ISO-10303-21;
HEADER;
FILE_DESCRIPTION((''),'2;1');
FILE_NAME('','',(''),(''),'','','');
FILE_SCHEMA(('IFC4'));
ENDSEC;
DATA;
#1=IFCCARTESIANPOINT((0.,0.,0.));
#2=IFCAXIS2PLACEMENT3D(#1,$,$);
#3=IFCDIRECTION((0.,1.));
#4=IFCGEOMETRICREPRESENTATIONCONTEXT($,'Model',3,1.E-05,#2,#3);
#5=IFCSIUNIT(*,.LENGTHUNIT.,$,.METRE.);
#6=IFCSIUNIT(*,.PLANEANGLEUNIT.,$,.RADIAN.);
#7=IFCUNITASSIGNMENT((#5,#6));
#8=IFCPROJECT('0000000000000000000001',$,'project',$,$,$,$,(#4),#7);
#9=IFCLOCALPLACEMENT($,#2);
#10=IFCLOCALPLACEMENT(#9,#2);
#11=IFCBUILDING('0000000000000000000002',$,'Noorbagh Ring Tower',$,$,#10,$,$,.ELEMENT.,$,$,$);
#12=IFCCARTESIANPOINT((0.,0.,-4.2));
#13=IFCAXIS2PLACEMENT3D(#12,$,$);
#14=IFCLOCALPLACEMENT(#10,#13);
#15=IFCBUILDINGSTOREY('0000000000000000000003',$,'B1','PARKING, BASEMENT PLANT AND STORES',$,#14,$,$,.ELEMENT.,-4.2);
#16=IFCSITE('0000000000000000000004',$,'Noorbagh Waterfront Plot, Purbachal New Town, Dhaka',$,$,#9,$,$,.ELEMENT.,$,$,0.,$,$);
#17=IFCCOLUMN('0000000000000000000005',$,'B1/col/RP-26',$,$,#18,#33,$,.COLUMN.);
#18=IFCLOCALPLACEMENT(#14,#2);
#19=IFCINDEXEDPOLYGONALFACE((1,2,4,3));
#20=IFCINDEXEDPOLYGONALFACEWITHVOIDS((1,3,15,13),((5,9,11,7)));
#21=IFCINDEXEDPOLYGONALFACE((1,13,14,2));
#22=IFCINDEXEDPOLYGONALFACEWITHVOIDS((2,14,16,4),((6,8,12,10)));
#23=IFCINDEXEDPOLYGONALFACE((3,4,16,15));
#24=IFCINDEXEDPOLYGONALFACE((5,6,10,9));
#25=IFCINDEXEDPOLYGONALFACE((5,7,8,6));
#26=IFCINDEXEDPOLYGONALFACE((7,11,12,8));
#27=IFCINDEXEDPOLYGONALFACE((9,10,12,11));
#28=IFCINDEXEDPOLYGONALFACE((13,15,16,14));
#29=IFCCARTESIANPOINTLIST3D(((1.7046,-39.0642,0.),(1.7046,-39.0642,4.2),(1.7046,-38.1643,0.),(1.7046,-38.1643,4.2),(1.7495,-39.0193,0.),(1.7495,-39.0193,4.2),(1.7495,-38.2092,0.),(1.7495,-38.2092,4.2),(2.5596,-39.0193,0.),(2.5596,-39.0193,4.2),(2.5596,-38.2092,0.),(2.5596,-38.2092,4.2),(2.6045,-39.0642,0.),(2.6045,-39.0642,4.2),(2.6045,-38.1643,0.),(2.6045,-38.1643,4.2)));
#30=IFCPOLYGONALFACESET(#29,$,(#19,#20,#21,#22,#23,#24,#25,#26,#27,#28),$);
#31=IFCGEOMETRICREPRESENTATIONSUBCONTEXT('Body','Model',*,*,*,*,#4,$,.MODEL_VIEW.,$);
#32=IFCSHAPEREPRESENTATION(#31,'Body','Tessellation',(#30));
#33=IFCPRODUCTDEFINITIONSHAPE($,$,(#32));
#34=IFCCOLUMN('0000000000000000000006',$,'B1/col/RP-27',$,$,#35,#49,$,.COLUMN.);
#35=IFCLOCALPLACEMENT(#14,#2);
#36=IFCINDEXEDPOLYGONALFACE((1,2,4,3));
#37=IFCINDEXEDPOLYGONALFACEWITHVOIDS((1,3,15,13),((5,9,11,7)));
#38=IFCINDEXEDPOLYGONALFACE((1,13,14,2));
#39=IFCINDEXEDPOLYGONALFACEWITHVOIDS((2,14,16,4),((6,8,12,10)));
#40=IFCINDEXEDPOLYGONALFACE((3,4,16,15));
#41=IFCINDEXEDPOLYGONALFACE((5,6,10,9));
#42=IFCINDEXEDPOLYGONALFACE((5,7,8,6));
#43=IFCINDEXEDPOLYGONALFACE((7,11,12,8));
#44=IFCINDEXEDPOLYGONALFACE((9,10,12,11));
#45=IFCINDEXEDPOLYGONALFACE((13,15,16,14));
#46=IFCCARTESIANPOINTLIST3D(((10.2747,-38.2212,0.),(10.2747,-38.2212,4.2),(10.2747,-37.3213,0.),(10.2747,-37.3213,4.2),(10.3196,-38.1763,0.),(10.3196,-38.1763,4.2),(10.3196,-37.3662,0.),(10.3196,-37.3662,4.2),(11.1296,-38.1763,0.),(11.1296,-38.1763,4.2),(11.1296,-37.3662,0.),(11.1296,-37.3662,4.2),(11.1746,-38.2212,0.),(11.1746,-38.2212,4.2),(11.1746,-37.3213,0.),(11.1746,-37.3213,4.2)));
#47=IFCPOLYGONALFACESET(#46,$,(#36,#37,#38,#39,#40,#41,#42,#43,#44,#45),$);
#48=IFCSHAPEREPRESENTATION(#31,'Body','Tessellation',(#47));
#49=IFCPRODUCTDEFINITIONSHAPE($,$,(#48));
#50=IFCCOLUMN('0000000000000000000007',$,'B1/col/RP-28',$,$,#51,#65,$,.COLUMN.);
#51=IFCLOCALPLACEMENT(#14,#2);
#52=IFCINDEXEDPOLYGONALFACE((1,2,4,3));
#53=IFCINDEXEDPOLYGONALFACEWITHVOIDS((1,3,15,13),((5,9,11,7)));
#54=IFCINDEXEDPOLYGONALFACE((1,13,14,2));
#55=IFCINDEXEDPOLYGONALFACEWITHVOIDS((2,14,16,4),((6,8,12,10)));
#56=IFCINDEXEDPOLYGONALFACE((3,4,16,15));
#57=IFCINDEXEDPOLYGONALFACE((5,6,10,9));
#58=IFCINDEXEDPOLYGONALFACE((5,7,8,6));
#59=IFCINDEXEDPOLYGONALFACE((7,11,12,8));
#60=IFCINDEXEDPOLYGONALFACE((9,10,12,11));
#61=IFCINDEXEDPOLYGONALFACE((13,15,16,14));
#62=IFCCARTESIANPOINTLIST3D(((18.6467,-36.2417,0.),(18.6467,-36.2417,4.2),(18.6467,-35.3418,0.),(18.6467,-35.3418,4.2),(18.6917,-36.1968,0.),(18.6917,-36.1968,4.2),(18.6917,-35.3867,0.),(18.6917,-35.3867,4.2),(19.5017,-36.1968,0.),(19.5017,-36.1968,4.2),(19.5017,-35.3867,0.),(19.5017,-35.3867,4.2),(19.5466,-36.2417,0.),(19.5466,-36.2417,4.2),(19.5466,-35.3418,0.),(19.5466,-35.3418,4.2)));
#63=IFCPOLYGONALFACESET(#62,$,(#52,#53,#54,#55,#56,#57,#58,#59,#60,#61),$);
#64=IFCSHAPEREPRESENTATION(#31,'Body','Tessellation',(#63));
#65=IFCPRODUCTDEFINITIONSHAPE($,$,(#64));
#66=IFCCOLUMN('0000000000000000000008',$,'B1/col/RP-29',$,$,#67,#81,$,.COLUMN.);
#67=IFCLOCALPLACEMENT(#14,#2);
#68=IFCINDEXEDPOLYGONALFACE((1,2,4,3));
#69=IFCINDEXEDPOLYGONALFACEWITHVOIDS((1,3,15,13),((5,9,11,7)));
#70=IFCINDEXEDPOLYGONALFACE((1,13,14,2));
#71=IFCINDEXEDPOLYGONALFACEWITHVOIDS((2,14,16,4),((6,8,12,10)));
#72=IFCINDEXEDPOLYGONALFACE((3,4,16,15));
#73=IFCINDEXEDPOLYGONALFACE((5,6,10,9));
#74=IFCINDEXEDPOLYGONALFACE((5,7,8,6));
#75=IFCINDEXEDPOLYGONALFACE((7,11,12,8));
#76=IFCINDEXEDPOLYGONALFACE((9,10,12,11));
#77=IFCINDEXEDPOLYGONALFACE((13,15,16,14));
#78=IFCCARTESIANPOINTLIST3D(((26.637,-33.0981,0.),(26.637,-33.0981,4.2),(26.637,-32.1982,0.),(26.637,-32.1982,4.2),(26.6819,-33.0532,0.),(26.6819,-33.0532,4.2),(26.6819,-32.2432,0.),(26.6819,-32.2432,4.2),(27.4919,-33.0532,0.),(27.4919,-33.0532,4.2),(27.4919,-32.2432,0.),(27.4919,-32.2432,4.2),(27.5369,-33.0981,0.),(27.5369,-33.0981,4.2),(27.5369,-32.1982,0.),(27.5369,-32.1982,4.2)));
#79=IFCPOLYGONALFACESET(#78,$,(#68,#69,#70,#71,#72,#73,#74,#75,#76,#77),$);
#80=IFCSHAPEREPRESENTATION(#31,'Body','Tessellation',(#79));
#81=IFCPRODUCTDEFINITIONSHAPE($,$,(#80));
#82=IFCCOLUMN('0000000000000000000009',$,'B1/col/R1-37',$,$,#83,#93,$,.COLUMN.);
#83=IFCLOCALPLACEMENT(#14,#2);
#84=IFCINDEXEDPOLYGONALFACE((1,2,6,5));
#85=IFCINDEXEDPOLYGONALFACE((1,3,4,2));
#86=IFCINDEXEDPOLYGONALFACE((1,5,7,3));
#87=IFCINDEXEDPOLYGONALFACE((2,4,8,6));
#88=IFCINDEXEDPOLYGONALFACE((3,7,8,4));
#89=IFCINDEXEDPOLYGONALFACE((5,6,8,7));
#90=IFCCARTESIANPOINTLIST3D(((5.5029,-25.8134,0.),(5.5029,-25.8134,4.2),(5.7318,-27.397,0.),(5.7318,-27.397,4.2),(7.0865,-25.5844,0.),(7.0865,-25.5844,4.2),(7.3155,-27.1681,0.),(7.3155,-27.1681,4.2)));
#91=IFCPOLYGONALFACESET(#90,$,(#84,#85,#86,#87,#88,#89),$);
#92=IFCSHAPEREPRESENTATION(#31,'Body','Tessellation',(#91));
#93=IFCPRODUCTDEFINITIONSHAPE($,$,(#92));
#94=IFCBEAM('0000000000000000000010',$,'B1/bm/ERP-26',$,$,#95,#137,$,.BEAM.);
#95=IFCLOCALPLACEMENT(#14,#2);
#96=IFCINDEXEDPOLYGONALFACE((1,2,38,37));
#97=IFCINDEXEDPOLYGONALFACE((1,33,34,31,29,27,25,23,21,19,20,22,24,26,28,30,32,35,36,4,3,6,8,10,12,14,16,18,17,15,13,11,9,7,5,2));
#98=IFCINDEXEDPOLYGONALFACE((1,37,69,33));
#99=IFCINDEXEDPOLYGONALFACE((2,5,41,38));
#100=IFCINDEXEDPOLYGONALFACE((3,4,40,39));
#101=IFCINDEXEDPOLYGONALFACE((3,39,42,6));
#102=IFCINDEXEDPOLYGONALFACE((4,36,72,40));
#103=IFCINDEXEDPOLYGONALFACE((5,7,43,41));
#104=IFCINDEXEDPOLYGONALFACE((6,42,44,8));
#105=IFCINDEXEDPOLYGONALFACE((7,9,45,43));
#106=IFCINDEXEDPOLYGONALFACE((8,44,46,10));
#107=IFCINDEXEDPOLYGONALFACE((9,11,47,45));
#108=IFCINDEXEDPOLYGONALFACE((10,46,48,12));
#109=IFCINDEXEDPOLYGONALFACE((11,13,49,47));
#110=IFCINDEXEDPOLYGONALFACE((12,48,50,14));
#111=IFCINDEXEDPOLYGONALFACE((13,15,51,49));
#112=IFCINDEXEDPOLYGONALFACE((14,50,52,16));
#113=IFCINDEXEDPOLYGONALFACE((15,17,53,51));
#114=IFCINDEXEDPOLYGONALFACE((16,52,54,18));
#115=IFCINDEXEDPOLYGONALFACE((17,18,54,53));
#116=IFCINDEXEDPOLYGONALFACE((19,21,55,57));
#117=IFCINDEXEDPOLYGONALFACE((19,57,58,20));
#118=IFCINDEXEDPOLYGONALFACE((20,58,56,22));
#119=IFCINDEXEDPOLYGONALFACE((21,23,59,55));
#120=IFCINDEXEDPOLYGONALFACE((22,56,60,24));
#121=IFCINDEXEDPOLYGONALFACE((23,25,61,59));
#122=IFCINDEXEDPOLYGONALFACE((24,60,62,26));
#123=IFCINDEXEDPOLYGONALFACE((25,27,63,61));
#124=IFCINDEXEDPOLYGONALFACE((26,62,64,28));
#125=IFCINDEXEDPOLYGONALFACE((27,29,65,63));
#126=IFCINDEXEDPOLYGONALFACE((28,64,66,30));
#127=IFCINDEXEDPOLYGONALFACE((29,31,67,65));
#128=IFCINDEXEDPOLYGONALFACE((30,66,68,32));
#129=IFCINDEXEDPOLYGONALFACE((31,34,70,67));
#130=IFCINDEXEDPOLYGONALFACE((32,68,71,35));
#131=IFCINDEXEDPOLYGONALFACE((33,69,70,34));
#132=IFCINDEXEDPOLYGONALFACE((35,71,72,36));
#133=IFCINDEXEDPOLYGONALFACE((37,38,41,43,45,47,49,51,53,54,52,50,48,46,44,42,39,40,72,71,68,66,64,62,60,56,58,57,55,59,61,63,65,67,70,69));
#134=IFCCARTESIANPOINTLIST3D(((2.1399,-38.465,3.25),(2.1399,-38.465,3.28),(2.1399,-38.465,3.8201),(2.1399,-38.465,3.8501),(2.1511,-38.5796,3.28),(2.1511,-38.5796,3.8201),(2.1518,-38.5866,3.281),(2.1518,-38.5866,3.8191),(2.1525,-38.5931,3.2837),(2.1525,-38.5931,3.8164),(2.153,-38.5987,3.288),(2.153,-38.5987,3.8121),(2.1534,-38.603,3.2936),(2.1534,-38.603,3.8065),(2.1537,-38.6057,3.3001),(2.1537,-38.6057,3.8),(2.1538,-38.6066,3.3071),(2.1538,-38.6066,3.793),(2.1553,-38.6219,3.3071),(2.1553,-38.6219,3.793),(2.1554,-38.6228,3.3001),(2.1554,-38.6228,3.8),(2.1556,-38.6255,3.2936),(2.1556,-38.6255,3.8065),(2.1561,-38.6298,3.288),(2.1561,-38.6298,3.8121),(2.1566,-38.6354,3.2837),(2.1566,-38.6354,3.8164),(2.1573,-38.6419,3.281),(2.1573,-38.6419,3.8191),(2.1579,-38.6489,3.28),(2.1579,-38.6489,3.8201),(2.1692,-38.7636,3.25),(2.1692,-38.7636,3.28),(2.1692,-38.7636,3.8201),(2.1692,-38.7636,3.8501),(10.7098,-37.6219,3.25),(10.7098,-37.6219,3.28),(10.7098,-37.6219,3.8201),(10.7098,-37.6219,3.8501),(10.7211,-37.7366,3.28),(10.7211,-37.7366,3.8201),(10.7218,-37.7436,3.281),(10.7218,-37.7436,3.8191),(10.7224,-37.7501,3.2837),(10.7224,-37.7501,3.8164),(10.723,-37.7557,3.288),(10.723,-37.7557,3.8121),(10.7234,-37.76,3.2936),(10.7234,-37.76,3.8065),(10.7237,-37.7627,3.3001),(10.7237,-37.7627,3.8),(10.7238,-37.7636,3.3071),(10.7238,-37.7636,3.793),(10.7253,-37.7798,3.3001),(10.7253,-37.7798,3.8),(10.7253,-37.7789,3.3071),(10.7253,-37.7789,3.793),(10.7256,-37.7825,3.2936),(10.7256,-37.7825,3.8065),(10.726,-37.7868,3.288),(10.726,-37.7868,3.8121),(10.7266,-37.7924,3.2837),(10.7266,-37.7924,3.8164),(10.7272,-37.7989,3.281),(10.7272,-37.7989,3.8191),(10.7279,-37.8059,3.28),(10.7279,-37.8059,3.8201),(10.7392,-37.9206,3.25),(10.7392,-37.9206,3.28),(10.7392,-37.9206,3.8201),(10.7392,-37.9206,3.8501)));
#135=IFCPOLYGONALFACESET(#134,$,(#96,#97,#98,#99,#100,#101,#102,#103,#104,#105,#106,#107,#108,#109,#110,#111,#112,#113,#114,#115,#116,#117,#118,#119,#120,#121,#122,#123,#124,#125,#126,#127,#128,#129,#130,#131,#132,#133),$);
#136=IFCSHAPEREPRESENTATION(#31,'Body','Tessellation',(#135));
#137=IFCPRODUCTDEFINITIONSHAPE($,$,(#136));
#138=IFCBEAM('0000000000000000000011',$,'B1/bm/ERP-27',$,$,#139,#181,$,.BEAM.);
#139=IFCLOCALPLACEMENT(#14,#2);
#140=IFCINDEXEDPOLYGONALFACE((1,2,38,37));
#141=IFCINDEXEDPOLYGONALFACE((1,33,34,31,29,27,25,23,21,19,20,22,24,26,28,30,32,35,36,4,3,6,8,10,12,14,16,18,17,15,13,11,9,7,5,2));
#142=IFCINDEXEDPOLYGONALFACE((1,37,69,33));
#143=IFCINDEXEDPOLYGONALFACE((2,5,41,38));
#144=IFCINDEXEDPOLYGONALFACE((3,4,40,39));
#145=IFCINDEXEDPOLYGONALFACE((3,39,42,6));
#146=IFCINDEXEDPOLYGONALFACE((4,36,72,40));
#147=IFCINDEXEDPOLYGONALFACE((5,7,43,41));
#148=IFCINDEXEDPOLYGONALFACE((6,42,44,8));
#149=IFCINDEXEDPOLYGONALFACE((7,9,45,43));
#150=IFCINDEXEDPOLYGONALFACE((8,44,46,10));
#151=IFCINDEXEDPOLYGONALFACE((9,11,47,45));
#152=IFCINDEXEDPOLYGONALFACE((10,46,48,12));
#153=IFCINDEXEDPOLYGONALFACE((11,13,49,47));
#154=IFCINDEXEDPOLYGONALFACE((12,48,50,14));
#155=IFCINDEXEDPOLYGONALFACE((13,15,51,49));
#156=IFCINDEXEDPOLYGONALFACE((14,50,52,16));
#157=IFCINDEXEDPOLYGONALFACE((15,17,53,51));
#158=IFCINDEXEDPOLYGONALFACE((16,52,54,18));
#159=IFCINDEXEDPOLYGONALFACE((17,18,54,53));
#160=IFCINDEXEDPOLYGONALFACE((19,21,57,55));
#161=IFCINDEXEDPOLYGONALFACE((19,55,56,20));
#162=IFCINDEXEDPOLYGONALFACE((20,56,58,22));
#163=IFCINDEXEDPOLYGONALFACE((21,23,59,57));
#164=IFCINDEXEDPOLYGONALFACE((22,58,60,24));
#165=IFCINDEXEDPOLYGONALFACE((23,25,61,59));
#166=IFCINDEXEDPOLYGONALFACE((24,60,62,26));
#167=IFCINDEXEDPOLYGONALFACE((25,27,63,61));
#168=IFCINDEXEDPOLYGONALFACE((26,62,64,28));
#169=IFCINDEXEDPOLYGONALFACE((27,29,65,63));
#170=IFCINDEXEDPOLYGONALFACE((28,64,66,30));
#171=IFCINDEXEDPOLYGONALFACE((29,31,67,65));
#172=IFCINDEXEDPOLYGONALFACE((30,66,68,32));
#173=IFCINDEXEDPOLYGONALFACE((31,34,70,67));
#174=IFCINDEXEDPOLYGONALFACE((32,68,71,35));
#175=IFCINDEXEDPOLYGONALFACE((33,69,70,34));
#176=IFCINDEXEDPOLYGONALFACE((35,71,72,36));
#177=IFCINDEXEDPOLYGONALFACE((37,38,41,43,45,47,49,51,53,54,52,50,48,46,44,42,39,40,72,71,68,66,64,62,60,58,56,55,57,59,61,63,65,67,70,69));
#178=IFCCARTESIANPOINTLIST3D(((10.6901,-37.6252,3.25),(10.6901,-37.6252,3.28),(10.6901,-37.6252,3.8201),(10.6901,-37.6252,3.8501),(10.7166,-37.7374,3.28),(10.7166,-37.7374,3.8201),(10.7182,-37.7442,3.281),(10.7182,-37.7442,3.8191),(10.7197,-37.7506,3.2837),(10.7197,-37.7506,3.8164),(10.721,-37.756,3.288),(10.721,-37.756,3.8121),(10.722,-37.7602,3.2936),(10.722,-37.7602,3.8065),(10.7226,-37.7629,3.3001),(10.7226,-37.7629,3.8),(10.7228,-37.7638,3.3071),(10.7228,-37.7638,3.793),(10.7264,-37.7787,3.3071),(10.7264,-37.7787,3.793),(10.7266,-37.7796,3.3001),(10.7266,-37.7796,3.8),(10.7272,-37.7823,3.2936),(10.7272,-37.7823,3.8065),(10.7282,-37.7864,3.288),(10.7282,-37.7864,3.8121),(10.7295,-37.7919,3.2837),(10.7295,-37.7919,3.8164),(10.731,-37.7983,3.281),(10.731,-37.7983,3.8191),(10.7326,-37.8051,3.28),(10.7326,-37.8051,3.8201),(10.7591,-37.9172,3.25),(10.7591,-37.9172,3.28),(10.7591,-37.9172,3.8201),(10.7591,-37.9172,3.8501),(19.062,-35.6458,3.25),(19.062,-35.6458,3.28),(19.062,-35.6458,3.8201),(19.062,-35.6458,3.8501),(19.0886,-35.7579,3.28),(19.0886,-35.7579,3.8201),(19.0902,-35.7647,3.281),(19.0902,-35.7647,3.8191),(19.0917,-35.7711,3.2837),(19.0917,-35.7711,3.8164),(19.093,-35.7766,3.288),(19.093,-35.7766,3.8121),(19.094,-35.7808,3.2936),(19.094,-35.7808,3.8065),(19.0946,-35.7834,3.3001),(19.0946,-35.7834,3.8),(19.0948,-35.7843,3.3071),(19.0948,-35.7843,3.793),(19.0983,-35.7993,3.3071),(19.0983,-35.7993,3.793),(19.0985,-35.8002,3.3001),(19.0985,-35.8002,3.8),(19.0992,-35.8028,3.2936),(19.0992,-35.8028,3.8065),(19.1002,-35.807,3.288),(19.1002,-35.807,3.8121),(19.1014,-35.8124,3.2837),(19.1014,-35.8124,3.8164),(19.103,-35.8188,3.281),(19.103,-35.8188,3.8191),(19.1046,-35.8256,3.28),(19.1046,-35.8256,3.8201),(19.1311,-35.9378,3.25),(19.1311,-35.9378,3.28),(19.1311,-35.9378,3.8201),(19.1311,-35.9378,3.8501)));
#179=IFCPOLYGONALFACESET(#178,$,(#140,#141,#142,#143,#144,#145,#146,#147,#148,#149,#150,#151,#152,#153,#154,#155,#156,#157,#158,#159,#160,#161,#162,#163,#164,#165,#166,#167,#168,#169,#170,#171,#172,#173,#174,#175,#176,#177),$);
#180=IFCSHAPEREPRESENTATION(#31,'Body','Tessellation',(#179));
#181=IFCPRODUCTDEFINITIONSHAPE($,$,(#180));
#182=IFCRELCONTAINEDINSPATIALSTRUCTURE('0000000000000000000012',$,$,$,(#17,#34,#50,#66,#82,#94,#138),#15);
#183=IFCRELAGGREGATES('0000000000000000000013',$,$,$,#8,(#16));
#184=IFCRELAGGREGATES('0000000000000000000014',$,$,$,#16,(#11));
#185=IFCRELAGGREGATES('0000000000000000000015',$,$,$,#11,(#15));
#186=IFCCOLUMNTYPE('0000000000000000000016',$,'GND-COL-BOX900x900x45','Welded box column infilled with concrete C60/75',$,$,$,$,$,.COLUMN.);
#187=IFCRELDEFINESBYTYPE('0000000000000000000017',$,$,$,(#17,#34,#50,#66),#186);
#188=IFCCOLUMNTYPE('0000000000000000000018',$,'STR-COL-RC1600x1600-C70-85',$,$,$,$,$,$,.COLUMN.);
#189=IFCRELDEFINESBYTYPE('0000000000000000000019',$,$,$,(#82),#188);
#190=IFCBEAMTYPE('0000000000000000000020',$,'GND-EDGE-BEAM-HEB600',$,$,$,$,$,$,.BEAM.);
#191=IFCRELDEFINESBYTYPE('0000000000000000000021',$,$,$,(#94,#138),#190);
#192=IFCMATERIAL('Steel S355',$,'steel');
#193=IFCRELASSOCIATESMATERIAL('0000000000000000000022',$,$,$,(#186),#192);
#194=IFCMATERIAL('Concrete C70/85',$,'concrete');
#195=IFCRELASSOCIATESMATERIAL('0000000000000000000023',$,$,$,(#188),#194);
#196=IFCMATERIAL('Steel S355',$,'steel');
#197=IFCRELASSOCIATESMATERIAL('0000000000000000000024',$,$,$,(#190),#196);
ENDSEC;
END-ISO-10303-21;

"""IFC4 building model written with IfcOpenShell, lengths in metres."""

from ifc_helpers import new_model, si_unit, direction, frame, origin, origin_2d, place, context, subcontext, project, spatial, rectangle, hollow_rectangle, i_section, extrude, material, material_profile, profile_set, type_object, element, save


model = new_model("IFC4")

# Units and contexts
model_context = context("Model", 3, precision=1e-05, world=origin(), true_north=direction((0.0, 1.0)))
body_context = subcontext(model_context, "Body", "Model", "MODEL_VIEW")
ifc_project = project(units=[si_unit("LENGTHUNIT", "METRE"), si_unit("PLANEANGLEUNIT", "RADIAN")], contexts=[model_context])

# Site, building, storey
site_placement = place(None, origin())
site = spatial("IfcSite", under=ifc_project, at=site_placement, Name="Noorbagh Waterfront Plot, Purbachal New Town, Dhaka", CompositionType="ELEMENT", RefElevation=0.0)
building_placement = place(site_placement, origin())
building = spatial("IfcBuilding", under=site, at=building_placement, Name="Noorbagh Ring Tower", CompositionType="ELEMENT")
storey_placement = place(building_placement, frame((0.0, 0.0, -4.2)))
storey = spatial("IfcBuildingStorey", under=building, at=storey_placement, Name="B1", Description="PARKING, BASEMENT PLANT AND STORES", CompositionType="ELEMENT", Elevation=-4.2)

# Columns
ifc_material_1 = material(Name="Steel S355", Category="steel")
ifc_material_profile_1 = material_profile(ifc_material_1, hollow_rectangle(XDim=0.8999, YDim=0.8999, WallThickness=0.0449, at=origin_2d()), Name="BOX900x900x45")
ifc_profile_set_1 = profile_set([ifc_material_profile_1], Name="Steel S355")
column_type_1 = type_object("IfcColumnType", Name="GND-COL-BOX900x900x45", Description="Welded box column infilled with concrete C60/75", PredefinedType="COLUMN", material=ifc_profile_set_1)
for number, where, z_axis, x_axis, name in (
    (1, (2.1545, -38.6143, 0.0), (0.0, 0.0, 1.0), (1.0, 0.0, 0.0), "B1/col/RP-26"),
    (2, (10.7246, -37.7712, 0.0), (0.0, 0.0, 1.0), (1.0, 0.0, 0.0), "B1/col/RP-27"),
    (3, (19.0967, -35.7917, 0.0), (0.0, 0.0, 1.0), (1.0, 0.0, 0.0), "B1/col/RP-28"),
    (4, (27.0869, -32.6482, 0.0), (0.0, 0.0, 1.0), (1.0, 0.0, 0.0), "B1/col/RP-29"),
):
    element("IfcColumn", number, at=place(storey_placement, frame(where, z_axis=z_axis, x_axis=x_axis)), inside=storey, type_object=column_type_1, Name=name, PredefinedType="COLUMN", context=body_context, shape_type="SweptSolid", body=[
        extrude(hollow_rectangle(XDim=0.8999, YDim=0.8999, WallThickness=0.0449, at=origin_2d()), origin(), (0.0, 0.0, 1.0), 4.2),
    ])
ifc_material_2 = material(Name="Concrete C70/85", Category="concrete")
ifc_material_profile_2 = material_profile(ifc_material_2, rectangle(XDim=1.6001, YDim=1.6001, at=origin_2d()), Name="RC1600x1600")
ifc_profile_set_2 = profile_set([ifc_material_profile_2], Name="Concrete C70/85")
column_type_2 = type_object("IfcColumnType", Name="STR-COL-RC1600x1600-C70-85", PredefinedType="COLUMN", material=ifc_profile_set_2)
column_placement = place(storey_placement, frame((6.4092, -26.4907, 0.0), z_axis=(0.0, 0.0, 1.0), x_axis=(0.989713, 0.143066, 0.0)))
element("IfcColumn", 5, at=column_placement, inside=storey, type_object=column_type_2, Name="B1/col/R1-37", PredefinedType="COLUMN", context=body_context, shape_type="SweptSolid", body=[
    extrude(rectangle(XDim=1.6001, YDim=1.6001, at=origin_2d()), origin(), (0.0, 0.0, 1.0), 4.2),
])

# Beams
ifc_material_3 = material(Name="Steel S355", Category="steel")
ifc_material_profile_3 = material_profile(ifc_material_3, i_section(OverallWidth=0.3, OverallDepth=0.6001, WebThickness=0.0154, FlangeThickness=0.03, FilletRadius=0.0271, at=origin_2d()), Name="HEB600")
ifc_profile_set_3 = profile_set([ifc_material_profile_3], Name="Steel S355")
beam_type_1 = type_object("IfcBeamType", Name="GND-EDGE-BEAM-HEB600", PredefinedType="BEAM", material=ifc_profile_set_3)
beam_1_placement = place(storey_placement, frame((2.1545, -38.6143, 3.55), z_axis=(0.995197, 0.097895, 0.0), x_axis=(-0.097895, 0.995197, 0.0)))
element("IfcBeam", 6, at=beam_1_placement, inside=storey, type_object=beam_type_1, Name="B1/bm/ERP-26", PredefinedType="BEAM", context=body_context, shape_type="SweptSolid", body=[
    extrude(i_section(OverallWidth=0.3, OverallDepth=0.6001, WebThickness=0.0154, FlangeThickness=0.03, FilletRadius=0.0271, at=origin_2d()), origin(), (0.0, 0.0, 1.0), 8.6113),
])
beam_2_placement = place(storey_placement, frame((10.7246, -37.7712, 3.55), z_axis=(0.973168, 0.230096, 0.0), x_axis=(-0.230096, 0.973168, 0.0)))
element("IfcBeam", 7, at=beam_2_placement, inside=storey, type_object=beam_type_1, Name="B1/bm/ERP-27", PredefinedType="BEAM", context=body_context, shape_type="SweptSolid", body=[
    extrude(i_section(OverallWidth=0.3, OverallDepth=0.6001, WebThickness=0.0154, FlangeThickness=0.03, FilletRadius=0.0271, at=origin_2d()), origin(), (0.0, 0.0, 1.0), 8.6028),
])

save(model, "model.ifc")
